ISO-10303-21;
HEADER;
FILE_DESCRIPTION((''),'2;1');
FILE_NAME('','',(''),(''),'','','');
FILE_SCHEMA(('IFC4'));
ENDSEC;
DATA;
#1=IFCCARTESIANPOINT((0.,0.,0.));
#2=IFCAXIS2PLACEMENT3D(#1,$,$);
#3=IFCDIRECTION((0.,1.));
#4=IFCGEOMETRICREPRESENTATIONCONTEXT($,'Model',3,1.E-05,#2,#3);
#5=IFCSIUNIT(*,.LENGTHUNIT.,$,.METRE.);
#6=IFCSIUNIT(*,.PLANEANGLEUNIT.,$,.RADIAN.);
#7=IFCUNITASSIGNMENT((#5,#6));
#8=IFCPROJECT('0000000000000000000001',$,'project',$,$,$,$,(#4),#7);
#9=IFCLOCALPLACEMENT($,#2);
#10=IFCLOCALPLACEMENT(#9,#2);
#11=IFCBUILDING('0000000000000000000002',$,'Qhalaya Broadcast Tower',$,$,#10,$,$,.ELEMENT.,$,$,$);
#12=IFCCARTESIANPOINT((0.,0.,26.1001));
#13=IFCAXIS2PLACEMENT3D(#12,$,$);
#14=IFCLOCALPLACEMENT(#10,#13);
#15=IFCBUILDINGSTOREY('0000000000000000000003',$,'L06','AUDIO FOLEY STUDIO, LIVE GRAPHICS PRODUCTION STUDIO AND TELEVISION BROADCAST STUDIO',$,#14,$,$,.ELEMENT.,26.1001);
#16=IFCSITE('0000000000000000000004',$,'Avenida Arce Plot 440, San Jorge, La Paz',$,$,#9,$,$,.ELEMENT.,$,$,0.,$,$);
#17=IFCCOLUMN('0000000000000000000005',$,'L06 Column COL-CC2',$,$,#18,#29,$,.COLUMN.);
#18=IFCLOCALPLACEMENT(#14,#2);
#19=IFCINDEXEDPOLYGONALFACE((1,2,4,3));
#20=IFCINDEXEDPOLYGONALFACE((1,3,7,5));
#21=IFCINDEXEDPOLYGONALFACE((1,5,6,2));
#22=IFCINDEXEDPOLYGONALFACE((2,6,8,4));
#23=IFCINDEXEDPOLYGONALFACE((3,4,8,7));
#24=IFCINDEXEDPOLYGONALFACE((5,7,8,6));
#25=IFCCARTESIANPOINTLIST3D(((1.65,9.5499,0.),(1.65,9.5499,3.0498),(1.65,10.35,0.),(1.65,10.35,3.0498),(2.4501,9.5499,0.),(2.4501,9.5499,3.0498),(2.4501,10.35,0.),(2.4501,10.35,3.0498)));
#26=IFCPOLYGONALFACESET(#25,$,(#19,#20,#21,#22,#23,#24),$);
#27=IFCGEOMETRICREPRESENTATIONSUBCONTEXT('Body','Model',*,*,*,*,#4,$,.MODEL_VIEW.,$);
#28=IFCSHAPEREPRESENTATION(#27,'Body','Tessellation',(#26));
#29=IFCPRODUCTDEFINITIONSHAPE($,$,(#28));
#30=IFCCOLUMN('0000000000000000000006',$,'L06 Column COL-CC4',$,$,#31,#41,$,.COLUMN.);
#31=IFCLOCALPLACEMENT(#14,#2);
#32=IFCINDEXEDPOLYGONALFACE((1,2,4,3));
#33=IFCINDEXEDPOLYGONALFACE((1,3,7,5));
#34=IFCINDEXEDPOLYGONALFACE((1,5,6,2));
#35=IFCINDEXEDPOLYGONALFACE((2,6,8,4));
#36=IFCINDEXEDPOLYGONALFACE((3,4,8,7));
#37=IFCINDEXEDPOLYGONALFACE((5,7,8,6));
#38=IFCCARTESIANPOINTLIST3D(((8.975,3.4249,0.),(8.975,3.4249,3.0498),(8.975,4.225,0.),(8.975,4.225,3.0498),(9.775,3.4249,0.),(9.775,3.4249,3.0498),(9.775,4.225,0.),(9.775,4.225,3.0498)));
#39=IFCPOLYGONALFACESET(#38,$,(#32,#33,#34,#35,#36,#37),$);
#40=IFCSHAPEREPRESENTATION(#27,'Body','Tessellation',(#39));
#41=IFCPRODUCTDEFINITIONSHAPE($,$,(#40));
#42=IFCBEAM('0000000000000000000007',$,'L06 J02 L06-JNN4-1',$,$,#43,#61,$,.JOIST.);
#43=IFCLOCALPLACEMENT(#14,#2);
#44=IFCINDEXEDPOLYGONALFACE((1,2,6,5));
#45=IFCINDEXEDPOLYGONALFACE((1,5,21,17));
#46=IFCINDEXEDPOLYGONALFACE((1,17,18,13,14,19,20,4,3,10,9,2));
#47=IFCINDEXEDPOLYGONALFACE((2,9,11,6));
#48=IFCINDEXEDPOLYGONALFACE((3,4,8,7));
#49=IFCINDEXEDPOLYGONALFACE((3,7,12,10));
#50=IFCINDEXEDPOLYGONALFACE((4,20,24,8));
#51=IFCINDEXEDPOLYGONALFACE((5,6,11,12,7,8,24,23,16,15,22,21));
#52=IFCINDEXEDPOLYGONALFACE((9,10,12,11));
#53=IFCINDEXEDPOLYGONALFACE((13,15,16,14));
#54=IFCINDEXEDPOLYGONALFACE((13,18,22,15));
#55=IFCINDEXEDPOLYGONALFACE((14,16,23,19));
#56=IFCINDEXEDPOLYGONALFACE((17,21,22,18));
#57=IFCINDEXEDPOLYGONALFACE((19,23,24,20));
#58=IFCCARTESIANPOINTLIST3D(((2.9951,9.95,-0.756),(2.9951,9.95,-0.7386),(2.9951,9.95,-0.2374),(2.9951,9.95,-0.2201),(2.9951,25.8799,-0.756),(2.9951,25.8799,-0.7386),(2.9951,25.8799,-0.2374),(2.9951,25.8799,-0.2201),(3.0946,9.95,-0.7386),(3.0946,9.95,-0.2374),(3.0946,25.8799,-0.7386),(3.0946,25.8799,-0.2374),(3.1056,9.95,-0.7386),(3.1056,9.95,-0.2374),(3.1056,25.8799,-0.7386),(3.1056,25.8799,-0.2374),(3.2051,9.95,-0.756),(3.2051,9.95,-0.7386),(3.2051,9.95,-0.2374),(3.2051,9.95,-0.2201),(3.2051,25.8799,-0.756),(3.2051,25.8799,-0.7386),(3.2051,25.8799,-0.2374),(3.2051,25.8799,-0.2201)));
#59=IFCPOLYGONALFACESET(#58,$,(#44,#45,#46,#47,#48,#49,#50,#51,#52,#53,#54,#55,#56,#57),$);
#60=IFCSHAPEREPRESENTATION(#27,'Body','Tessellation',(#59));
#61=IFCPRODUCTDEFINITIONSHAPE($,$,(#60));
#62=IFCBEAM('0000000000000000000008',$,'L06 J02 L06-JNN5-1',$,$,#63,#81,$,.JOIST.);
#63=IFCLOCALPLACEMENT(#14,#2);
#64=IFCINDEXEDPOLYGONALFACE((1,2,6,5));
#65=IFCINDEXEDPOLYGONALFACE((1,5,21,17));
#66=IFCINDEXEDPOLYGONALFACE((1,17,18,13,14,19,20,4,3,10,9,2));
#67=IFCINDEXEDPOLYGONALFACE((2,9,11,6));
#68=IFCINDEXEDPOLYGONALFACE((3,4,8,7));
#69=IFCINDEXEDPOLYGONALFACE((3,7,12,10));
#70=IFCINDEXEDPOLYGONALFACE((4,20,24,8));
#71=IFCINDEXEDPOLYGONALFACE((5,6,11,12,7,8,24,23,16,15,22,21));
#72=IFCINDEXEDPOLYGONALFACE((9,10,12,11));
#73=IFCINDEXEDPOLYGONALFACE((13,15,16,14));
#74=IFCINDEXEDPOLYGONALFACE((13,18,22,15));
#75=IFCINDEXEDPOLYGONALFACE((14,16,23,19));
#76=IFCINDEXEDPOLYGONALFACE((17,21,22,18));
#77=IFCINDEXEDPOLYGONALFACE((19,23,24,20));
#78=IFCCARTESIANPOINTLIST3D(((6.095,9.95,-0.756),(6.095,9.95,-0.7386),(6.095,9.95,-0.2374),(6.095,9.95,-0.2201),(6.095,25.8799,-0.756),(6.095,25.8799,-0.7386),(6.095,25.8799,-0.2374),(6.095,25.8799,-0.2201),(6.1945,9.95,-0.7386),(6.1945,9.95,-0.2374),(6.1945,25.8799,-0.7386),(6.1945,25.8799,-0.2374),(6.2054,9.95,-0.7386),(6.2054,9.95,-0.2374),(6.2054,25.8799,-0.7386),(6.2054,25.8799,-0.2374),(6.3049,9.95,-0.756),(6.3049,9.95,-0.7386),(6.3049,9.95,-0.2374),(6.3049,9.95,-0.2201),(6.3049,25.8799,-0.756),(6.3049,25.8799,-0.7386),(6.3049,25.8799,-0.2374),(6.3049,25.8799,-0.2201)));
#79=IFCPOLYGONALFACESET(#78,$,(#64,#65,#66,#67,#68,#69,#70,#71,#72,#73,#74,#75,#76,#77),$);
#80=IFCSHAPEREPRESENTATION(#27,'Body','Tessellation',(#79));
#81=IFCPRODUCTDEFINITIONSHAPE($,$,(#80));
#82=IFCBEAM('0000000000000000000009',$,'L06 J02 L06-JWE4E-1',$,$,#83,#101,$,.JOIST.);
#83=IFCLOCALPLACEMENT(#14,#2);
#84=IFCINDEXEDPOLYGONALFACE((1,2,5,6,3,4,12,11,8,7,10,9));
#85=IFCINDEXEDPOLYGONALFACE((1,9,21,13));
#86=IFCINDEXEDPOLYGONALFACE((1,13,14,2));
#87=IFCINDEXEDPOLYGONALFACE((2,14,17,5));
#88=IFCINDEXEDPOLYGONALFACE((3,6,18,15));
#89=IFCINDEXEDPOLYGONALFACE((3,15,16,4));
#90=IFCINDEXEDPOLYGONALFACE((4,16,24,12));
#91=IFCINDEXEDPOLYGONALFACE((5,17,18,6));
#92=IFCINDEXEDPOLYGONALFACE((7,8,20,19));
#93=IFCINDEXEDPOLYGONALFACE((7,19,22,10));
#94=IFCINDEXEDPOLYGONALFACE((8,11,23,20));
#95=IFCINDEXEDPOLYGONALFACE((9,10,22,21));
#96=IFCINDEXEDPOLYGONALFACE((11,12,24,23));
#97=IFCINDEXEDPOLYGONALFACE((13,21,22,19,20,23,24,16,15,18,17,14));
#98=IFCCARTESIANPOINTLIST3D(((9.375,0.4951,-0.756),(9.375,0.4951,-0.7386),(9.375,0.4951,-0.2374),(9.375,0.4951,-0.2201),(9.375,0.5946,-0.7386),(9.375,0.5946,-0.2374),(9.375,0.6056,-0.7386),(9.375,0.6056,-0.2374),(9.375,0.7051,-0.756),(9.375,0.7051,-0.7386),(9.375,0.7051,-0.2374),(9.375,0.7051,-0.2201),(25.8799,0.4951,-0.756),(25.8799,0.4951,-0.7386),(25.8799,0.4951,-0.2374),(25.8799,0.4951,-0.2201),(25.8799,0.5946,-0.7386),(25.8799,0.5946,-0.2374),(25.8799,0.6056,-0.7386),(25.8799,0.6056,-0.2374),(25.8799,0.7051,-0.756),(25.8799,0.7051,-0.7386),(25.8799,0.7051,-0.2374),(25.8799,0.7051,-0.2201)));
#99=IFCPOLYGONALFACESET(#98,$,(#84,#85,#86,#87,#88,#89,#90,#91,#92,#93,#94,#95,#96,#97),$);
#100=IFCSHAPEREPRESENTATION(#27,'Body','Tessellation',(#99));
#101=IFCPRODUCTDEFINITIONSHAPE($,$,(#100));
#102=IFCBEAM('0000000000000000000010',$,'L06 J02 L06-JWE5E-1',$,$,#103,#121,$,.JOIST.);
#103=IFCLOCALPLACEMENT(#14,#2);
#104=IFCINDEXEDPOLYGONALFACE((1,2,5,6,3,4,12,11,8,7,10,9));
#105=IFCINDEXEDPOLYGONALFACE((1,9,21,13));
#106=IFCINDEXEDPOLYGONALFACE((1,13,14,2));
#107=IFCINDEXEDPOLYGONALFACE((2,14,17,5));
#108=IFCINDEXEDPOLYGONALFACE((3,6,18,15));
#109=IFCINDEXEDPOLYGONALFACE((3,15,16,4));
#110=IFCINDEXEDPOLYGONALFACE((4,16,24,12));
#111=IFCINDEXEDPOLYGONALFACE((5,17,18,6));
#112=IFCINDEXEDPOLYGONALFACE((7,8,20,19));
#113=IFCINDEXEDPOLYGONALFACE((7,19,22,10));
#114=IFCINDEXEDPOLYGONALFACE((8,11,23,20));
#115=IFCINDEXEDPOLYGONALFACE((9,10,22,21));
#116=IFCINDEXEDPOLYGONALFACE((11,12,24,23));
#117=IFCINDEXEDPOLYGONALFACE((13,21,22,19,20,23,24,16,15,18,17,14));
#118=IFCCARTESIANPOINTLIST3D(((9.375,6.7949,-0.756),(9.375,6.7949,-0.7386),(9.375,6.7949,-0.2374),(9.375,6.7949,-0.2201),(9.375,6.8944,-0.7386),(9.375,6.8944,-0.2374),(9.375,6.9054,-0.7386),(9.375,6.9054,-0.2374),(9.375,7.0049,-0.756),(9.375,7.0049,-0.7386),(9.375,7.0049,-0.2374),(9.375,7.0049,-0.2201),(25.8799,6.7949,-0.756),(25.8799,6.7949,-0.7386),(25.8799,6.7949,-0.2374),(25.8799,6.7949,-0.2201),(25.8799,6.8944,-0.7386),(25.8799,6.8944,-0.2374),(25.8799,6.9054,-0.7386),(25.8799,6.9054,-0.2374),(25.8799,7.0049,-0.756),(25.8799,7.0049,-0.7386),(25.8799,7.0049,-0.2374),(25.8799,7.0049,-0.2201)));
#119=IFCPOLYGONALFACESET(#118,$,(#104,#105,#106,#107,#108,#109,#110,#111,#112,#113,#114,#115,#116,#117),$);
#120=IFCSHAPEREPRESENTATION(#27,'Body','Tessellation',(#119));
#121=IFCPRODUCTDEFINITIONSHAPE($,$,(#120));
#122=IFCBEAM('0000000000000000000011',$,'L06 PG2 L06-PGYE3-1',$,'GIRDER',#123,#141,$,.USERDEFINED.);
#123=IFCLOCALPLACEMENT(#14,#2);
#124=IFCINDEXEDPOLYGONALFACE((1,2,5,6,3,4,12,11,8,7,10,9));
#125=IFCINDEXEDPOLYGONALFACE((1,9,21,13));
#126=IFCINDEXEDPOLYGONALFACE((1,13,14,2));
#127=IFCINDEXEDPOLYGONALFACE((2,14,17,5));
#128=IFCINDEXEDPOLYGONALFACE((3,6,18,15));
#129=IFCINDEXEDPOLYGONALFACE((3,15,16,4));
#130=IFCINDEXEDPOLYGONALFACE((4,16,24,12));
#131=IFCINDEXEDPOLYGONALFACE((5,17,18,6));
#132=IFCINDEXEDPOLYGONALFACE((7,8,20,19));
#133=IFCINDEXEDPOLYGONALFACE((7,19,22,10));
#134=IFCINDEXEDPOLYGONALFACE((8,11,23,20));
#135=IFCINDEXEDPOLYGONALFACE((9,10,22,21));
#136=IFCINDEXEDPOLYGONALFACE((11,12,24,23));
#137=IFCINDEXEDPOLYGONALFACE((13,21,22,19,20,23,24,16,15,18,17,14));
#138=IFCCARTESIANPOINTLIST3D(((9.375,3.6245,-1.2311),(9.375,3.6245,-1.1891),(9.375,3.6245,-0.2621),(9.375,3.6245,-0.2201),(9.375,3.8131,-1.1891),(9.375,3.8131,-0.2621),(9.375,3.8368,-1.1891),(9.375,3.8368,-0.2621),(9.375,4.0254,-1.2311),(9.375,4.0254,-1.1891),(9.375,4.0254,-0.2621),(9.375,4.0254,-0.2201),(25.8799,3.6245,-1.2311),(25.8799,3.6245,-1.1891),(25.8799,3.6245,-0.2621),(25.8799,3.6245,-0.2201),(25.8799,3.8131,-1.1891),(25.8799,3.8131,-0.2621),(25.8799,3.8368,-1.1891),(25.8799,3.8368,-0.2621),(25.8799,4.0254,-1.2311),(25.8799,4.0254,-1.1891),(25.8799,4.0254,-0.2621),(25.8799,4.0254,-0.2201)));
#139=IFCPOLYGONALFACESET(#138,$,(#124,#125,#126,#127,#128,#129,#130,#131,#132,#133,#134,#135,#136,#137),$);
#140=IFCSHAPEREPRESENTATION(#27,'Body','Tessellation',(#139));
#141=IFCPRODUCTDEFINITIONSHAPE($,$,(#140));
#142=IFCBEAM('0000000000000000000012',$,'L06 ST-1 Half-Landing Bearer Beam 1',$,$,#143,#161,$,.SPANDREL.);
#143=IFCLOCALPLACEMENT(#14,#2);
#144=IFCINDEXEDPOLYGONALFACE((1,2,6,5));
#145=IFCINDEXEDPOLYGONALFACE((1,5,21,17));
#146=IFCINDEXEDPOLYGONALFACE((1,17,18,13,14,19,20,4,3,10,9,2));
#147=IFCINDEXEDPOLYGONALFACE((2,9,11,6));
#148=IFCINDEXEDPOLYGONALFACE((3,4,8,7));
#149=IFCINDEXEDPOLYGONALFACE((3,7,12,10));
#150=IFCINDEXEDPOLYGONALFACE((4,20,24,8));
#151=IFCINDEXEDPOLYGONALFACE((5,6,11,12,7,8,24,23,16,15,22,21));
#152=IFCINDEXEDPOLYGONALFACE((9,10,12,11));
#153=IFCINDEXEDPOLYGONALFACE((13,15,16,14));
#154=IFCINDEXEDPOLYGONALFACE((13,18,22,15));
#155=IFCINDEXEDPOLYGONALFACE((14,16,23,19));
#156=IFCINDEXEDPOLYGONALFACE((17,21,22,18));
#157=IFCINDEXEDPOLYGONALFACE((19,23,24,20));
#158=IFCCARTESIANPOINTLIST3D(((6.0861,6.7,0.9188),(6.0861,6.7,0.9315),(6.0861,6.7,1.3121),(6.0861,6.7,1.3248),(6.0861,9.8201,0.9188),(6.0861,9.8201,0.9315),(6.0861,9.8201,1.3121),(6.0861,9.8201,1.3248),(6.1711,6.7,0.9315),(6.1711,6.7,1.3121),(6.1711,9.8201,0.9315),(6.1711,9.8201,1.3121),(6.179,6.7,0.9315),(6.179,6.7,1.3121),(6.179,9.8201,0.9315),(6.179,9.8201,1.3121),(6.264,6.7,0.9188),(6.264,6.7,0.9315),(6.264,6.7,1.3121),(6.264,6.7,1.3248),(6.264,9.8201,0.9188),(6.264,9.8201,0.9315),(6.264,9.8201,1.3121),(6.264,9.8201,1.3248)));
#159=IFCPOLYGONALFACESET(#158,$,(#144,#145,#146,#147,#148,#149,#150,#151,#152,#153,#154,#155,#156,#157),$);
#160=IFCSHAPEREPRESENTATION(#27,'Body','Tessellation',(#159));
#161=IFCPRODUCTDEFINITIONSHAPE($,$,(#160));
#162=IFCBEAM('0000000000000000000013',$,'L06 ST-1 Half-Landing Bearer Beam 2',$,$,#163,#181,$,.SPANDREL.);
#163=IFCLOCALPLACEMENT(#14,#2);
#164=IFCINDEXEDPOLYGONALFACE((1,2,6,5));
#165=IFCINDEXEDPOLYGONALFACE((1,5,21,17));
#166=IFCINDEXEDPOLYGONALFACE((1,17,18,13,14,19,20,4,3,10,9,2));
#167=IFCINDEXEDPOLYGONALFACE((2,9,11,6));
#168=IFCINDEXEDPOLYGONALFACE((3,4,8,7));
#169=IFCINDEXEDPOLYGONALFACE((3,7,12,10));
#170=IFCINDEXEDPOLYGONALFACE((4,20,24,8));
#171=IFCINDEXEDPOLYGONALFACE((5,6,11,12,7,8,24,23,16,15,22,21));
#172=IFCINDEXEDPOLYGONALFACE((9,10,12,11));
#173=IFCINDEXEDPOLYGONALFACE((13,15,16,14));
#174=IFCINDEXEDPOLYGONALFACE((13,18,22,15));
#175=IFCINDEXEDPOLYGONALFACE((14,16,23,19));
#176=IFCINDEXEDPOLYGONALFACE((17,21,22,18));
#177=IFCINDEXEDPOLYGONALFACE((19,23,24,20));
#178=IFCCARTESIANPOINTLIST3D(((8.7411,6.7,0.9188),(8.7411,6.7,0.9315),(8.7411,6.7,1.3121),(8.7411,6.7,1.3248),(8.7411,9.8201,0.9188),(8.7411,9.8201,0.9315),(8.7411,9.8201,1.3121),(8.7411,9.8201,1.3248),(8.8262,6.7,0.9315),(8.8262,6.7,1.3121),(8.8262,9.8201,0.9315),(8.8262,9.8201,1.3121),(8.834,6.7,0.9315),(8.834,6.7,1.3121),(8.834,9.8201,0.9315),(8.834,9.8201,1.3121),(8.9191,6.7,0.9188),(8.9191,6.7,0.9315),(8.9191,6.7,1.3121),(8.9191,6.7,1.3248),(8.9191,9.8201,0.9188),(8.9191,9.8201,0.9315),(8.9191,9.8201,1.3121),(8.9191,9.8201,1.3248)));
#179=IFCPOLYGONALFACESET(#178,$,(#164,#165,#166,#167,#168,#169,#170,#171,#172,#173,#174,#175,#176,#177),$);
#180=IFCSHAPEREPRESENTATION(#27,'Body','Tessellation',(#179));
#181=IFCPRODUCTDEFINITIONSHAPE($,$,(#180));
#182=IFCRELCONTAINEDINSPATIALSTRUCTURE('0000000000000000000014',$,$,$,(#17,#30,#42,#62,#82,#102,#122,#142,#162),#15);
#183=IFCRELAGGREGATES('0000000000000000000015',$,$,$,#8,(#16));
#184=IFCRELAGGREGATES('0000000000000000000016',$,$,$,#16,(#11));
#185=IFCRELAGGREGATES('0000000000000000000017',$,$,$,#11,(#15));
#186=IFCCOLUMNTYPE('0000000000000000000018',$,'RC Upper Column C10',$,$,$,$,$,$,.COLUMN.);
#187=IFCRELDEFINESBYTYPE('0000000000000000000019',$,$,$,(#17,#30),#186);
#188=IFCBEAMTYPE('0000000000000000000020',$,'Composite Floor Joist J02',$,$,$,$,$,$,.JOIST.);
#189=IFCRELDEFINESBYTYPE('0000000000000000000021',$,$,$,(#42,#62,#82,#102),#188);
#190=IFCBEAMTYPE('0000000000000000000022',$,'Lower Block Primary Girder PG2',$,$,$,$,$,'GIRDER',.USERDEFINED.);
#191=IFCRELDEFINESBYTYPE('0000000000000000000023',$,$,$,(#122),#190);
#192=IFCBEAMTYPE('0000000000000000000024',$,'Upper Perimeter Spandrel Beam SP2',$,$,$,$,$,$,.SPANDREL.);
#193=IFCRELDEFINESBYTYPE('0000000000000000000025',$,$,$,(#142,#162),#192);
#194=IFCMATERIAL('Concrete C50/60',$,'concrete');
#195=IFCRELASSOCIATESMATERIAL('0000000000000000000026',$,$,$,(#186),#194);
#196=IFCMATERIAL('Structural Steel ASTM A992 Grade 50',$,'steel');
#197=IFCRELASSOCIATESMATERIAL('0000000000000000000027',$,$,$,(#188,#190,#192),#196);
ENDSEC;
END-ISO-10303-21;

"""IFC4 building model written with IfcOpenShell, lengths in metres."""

from ifc_helpers import new_model, si_unit, direction, frame, origin, origin_2d, place, context, subcontext, project, spatial, rectangle, i_section, extrude, material, material_profile, profile_set, type_object, element, save


model = new_model("IFC4")

# Units and contexts
model_context = context("Model", 3, precision=1e-05, world=origin(), true_north=direction((0.0, 1.0)))
body_context = subcontext(model_context, "Body", "Model", "MODEL_VIEW")
ifc_project = project(units=[si_unit("LENGTHUNIT", "METRE"), si_unit("PLANEANGLEUNIT", "RADIAN")], contexts=[model_context])

# Site, building, storey
site_placement = place(None, origin())
site = spatial("IfcSite", under=ifc_project, at=site_placement, Name="Avenida Arce Plot 440, San Jorge, La Paz", CompositionType="ELEMENT", RefElevation=0.0)
building_placement = place(site_placement, origin())
building = spatial("IfcBuilding", under=site, at=building_placement, Name="Qhalaya Broadcast Tower", CompositionType="ELEMENT")
storey_placement = place(building_placement, frame((0.0, 0.0, 26.1001)))
storey = spatial("IfcBuildingStorey", under=building, at=storey_placement, Name="L06", Description="AUDIO FOLEY STUDIO, LIVE GRAPHICS PRODUCTION STUDIO AND TELEVISION BROADCAST STUDIO", CompositionType="ELEMENT", Elevation=26.1001)

# Columns
ifc_material_1 = material(Name="Concrete C50/60", Category="concrete")
ifc_material_profile_1 = material_profile(ifc_material_1, rectangle(XDim=0.8, YDim=0.8, at=origin_2d()), Name="RC-COL 800x800")
ifc_profile_set_1 = profile_set([ifc_material_profile_1], Name="Concrete C50/60")
column_type = type_object("IfcColumnType", Name="RC Upper Column C10", PredefinedType="COLUMN", material=ifc_profile_set_1)
for number, where, z_axis, x_axis, name in (
    (1, (2.05, 9.95, 0.0), (0.0, 0.0, 1.0), (1.0, 0.0, 0.0), "L06 Column COL-CC2"),
    (2, (9.375, 3.825, 0.0), (0.0, 0.0, 1.0), (1.0, 0.0, 0.0), "L06 Column COL-CC4"),
):
    element("IfcColumn", number, at=place(storey_placement, frame(where, z_axis=z_axis, x_axis=x_axis)), inside=storey, type_object=column_type, Name=name, PredefinedType="COLUMN", context=body_context, shape_type="SweptSolid", body=[
        extrude(rectangle(XDim=0.8, YDim=0.8, at=origin_2d()), origin(), (0.0, 0.0, 1.0), 3.0498),
    ])

# Beams
ifc_material_2 = material(Name="Structural Steel ASTM A992 Grade 50", Category="steel")
ifc_material_profile_2 = material_profile(ifc_material_2, i_section(OverallWidth=0.21, OverallDepth=0.5359, WebThickness=0.011, FlangeThickness=0.0173, at=origin_2d()), Name="W21X68")
ifc_profile_set_2 = profile_set([ifc_material_profile_2], Name="Structural Steel ASTM A992 Grade 50")
beam_type_1 = type_object("IfcBeamType", Name="Composite Floor Joist J02", PredefinedType="JOIST", material=ifc_profile_set_2)
for number, where, z_axis, x_axis, name in (
    (3, (3.1001, 9.95, -0.488), (0.0, 1.0, 0.0), (-1.0, 0.0, 0.0), "L06 J02 L06-JNN4-1"),
    (4, (6.2, 9.95, -0.488), (0.0, 1.0, 0.0), (-1.0, 0.0, 0.0), "L06 J02 L06-JNN5-1"),
):
    element("IfcBeam", number, at=place(storey_placement, frame(where, z_axis=z_axis, x_axis=x_axis)), inside=storey, type_object=beam_type_1, Name=name, PredefinedType="JOIST", context=body_context, shape_type="SweptSolid", body=[
        extrude(i_section(OverallWidth=0.21, OverallDepth=0.5359, WebThickness=0.011, FlangeThickness=0.0173, at=origin_2d()), origin(), (0.0, 0.0, 1.0), 15.9299),
    ])
for number, where, z_axis, x_axis, name in (
    (5, (9.375, 0.6001, -0.488), (1.0, 0.0, 0.0), (0.0, 1.0, 0.0), "L06 J02 L06-JWE4E-1"),
    (6, (9.375, 6.8999, -0.488), (1.0, 0.0, 0.0), (0.0, 1.0, 0.0), "L06 J02 L06-JWE5E-1"),
):
    element("IfcBeam", number, at=place(storey_placement, frame(where, z_axis=z_axis, x_axis=x_axis)), inside=storey, type_object=beam_type_1, Name=name, PredefinedType="JOIST", context=body_context, shape_type="SweptSolid", body=[
        extrude(i_section(OverallWidth=0.21, OverallDepth=0.5359, WebThickness=0.011, FlangeThickness=0.0173, at=origin_2d()), origin(), (0.0, 0.0, 1.0), 16.5049),
    ])
ifc_material_profile_3 = material_profile(ifc_material_2, i_section(OverallWidth=0.4009, OverallDepth=1.011, WebThickness=0.0237, FlangeThickness=0.042, at=origin_2d()), Name="W40X297")
ifc_profile_set_3 = profile_set([ifc_material_profile_3], Name="Structural Steel ASTM A992 Grade 50")
beam_type_2 = type_object("IfcBeamType", Name="Lower Block Primary Girder PG2", ElementType="GIRDER", PredefinedType="USERDEFINED", material=ifc_profile_set_3)
beam_placement = place(storey_placement, frame((9.375, 3.825, -0.7256), z_axis=(1.0, 0.0, 0.0), x_axis=(0.0, 1.0, 0.0)))
element("IfcBeam", 7, at=beam_placement, inside=storey, type_object=beam_type_2, Name="L06 PG2 L06-PGYE3-1", ObjectType="GIRDER", PredefinedType="USERDEFINED", context=body_context, shape_type="SweptSolid", body=[
    extrude(i_section(OverallWidth=0.4009, OverallDepth=1.011, WebThickness=0.0237, FlangeThickness=0.042, at=origin_2d()), origin(), (0.0, 0.0, 1.0), 16.5049),
])
ifc_material_profile_4 = material_profile(ifc_material_2, i_section(OverallWidth=0.178, OverallDepth=0.406, WebThickness=0.0078, FlangeThickness=0.0127, at=origin_2d()), Name="W16X40")
ifc_profile_set_4 = profile_set([ifc_material_profile_4], Name="Structural Steel ASTM A992 Grade 50")
beam_type_3 = type_object("IfcBeamType", Name="Upper Perimeter Spandrel Beam SP2", PredefinedType="SPANDREL", material=ifc_profile_set_4)
for number, where, z_axis, x_axis, name in (
    (8, (6.175, 6.7, 1.1218), (0.0, 1.0, 0.0), (-1.0, 0.0, 0.0), "L06 ST-1 Half-Landing Bearer Beam 1"),
    (9, (8.8301, 6.7, 1.1218), (0.0, 1.0, 0.0), (-1.0, 0.0, 0.0), "L06 ST-1 Half-Landing Bearer Beam 2"),
):
    element("IfcBeam", number, at=place(storey_placement, frame(where, z_axis=z_axis, x_axis=x_axis)), inside=storey, type_object=beam_type_3, Name=name, PredefinedType="SPANDREL", context=body_context, shape_type="SweptSolid", body=[
        extrude(i_section(OverallWidth=0.178, OverallDepth=0.406, WebThickness=0.0078, FlangeThickness=0.0127, at=origin_2d()), origin(), (0.0, 0.0, 1.0), 3.1201),
    ])

save(model, "model.ifc")
